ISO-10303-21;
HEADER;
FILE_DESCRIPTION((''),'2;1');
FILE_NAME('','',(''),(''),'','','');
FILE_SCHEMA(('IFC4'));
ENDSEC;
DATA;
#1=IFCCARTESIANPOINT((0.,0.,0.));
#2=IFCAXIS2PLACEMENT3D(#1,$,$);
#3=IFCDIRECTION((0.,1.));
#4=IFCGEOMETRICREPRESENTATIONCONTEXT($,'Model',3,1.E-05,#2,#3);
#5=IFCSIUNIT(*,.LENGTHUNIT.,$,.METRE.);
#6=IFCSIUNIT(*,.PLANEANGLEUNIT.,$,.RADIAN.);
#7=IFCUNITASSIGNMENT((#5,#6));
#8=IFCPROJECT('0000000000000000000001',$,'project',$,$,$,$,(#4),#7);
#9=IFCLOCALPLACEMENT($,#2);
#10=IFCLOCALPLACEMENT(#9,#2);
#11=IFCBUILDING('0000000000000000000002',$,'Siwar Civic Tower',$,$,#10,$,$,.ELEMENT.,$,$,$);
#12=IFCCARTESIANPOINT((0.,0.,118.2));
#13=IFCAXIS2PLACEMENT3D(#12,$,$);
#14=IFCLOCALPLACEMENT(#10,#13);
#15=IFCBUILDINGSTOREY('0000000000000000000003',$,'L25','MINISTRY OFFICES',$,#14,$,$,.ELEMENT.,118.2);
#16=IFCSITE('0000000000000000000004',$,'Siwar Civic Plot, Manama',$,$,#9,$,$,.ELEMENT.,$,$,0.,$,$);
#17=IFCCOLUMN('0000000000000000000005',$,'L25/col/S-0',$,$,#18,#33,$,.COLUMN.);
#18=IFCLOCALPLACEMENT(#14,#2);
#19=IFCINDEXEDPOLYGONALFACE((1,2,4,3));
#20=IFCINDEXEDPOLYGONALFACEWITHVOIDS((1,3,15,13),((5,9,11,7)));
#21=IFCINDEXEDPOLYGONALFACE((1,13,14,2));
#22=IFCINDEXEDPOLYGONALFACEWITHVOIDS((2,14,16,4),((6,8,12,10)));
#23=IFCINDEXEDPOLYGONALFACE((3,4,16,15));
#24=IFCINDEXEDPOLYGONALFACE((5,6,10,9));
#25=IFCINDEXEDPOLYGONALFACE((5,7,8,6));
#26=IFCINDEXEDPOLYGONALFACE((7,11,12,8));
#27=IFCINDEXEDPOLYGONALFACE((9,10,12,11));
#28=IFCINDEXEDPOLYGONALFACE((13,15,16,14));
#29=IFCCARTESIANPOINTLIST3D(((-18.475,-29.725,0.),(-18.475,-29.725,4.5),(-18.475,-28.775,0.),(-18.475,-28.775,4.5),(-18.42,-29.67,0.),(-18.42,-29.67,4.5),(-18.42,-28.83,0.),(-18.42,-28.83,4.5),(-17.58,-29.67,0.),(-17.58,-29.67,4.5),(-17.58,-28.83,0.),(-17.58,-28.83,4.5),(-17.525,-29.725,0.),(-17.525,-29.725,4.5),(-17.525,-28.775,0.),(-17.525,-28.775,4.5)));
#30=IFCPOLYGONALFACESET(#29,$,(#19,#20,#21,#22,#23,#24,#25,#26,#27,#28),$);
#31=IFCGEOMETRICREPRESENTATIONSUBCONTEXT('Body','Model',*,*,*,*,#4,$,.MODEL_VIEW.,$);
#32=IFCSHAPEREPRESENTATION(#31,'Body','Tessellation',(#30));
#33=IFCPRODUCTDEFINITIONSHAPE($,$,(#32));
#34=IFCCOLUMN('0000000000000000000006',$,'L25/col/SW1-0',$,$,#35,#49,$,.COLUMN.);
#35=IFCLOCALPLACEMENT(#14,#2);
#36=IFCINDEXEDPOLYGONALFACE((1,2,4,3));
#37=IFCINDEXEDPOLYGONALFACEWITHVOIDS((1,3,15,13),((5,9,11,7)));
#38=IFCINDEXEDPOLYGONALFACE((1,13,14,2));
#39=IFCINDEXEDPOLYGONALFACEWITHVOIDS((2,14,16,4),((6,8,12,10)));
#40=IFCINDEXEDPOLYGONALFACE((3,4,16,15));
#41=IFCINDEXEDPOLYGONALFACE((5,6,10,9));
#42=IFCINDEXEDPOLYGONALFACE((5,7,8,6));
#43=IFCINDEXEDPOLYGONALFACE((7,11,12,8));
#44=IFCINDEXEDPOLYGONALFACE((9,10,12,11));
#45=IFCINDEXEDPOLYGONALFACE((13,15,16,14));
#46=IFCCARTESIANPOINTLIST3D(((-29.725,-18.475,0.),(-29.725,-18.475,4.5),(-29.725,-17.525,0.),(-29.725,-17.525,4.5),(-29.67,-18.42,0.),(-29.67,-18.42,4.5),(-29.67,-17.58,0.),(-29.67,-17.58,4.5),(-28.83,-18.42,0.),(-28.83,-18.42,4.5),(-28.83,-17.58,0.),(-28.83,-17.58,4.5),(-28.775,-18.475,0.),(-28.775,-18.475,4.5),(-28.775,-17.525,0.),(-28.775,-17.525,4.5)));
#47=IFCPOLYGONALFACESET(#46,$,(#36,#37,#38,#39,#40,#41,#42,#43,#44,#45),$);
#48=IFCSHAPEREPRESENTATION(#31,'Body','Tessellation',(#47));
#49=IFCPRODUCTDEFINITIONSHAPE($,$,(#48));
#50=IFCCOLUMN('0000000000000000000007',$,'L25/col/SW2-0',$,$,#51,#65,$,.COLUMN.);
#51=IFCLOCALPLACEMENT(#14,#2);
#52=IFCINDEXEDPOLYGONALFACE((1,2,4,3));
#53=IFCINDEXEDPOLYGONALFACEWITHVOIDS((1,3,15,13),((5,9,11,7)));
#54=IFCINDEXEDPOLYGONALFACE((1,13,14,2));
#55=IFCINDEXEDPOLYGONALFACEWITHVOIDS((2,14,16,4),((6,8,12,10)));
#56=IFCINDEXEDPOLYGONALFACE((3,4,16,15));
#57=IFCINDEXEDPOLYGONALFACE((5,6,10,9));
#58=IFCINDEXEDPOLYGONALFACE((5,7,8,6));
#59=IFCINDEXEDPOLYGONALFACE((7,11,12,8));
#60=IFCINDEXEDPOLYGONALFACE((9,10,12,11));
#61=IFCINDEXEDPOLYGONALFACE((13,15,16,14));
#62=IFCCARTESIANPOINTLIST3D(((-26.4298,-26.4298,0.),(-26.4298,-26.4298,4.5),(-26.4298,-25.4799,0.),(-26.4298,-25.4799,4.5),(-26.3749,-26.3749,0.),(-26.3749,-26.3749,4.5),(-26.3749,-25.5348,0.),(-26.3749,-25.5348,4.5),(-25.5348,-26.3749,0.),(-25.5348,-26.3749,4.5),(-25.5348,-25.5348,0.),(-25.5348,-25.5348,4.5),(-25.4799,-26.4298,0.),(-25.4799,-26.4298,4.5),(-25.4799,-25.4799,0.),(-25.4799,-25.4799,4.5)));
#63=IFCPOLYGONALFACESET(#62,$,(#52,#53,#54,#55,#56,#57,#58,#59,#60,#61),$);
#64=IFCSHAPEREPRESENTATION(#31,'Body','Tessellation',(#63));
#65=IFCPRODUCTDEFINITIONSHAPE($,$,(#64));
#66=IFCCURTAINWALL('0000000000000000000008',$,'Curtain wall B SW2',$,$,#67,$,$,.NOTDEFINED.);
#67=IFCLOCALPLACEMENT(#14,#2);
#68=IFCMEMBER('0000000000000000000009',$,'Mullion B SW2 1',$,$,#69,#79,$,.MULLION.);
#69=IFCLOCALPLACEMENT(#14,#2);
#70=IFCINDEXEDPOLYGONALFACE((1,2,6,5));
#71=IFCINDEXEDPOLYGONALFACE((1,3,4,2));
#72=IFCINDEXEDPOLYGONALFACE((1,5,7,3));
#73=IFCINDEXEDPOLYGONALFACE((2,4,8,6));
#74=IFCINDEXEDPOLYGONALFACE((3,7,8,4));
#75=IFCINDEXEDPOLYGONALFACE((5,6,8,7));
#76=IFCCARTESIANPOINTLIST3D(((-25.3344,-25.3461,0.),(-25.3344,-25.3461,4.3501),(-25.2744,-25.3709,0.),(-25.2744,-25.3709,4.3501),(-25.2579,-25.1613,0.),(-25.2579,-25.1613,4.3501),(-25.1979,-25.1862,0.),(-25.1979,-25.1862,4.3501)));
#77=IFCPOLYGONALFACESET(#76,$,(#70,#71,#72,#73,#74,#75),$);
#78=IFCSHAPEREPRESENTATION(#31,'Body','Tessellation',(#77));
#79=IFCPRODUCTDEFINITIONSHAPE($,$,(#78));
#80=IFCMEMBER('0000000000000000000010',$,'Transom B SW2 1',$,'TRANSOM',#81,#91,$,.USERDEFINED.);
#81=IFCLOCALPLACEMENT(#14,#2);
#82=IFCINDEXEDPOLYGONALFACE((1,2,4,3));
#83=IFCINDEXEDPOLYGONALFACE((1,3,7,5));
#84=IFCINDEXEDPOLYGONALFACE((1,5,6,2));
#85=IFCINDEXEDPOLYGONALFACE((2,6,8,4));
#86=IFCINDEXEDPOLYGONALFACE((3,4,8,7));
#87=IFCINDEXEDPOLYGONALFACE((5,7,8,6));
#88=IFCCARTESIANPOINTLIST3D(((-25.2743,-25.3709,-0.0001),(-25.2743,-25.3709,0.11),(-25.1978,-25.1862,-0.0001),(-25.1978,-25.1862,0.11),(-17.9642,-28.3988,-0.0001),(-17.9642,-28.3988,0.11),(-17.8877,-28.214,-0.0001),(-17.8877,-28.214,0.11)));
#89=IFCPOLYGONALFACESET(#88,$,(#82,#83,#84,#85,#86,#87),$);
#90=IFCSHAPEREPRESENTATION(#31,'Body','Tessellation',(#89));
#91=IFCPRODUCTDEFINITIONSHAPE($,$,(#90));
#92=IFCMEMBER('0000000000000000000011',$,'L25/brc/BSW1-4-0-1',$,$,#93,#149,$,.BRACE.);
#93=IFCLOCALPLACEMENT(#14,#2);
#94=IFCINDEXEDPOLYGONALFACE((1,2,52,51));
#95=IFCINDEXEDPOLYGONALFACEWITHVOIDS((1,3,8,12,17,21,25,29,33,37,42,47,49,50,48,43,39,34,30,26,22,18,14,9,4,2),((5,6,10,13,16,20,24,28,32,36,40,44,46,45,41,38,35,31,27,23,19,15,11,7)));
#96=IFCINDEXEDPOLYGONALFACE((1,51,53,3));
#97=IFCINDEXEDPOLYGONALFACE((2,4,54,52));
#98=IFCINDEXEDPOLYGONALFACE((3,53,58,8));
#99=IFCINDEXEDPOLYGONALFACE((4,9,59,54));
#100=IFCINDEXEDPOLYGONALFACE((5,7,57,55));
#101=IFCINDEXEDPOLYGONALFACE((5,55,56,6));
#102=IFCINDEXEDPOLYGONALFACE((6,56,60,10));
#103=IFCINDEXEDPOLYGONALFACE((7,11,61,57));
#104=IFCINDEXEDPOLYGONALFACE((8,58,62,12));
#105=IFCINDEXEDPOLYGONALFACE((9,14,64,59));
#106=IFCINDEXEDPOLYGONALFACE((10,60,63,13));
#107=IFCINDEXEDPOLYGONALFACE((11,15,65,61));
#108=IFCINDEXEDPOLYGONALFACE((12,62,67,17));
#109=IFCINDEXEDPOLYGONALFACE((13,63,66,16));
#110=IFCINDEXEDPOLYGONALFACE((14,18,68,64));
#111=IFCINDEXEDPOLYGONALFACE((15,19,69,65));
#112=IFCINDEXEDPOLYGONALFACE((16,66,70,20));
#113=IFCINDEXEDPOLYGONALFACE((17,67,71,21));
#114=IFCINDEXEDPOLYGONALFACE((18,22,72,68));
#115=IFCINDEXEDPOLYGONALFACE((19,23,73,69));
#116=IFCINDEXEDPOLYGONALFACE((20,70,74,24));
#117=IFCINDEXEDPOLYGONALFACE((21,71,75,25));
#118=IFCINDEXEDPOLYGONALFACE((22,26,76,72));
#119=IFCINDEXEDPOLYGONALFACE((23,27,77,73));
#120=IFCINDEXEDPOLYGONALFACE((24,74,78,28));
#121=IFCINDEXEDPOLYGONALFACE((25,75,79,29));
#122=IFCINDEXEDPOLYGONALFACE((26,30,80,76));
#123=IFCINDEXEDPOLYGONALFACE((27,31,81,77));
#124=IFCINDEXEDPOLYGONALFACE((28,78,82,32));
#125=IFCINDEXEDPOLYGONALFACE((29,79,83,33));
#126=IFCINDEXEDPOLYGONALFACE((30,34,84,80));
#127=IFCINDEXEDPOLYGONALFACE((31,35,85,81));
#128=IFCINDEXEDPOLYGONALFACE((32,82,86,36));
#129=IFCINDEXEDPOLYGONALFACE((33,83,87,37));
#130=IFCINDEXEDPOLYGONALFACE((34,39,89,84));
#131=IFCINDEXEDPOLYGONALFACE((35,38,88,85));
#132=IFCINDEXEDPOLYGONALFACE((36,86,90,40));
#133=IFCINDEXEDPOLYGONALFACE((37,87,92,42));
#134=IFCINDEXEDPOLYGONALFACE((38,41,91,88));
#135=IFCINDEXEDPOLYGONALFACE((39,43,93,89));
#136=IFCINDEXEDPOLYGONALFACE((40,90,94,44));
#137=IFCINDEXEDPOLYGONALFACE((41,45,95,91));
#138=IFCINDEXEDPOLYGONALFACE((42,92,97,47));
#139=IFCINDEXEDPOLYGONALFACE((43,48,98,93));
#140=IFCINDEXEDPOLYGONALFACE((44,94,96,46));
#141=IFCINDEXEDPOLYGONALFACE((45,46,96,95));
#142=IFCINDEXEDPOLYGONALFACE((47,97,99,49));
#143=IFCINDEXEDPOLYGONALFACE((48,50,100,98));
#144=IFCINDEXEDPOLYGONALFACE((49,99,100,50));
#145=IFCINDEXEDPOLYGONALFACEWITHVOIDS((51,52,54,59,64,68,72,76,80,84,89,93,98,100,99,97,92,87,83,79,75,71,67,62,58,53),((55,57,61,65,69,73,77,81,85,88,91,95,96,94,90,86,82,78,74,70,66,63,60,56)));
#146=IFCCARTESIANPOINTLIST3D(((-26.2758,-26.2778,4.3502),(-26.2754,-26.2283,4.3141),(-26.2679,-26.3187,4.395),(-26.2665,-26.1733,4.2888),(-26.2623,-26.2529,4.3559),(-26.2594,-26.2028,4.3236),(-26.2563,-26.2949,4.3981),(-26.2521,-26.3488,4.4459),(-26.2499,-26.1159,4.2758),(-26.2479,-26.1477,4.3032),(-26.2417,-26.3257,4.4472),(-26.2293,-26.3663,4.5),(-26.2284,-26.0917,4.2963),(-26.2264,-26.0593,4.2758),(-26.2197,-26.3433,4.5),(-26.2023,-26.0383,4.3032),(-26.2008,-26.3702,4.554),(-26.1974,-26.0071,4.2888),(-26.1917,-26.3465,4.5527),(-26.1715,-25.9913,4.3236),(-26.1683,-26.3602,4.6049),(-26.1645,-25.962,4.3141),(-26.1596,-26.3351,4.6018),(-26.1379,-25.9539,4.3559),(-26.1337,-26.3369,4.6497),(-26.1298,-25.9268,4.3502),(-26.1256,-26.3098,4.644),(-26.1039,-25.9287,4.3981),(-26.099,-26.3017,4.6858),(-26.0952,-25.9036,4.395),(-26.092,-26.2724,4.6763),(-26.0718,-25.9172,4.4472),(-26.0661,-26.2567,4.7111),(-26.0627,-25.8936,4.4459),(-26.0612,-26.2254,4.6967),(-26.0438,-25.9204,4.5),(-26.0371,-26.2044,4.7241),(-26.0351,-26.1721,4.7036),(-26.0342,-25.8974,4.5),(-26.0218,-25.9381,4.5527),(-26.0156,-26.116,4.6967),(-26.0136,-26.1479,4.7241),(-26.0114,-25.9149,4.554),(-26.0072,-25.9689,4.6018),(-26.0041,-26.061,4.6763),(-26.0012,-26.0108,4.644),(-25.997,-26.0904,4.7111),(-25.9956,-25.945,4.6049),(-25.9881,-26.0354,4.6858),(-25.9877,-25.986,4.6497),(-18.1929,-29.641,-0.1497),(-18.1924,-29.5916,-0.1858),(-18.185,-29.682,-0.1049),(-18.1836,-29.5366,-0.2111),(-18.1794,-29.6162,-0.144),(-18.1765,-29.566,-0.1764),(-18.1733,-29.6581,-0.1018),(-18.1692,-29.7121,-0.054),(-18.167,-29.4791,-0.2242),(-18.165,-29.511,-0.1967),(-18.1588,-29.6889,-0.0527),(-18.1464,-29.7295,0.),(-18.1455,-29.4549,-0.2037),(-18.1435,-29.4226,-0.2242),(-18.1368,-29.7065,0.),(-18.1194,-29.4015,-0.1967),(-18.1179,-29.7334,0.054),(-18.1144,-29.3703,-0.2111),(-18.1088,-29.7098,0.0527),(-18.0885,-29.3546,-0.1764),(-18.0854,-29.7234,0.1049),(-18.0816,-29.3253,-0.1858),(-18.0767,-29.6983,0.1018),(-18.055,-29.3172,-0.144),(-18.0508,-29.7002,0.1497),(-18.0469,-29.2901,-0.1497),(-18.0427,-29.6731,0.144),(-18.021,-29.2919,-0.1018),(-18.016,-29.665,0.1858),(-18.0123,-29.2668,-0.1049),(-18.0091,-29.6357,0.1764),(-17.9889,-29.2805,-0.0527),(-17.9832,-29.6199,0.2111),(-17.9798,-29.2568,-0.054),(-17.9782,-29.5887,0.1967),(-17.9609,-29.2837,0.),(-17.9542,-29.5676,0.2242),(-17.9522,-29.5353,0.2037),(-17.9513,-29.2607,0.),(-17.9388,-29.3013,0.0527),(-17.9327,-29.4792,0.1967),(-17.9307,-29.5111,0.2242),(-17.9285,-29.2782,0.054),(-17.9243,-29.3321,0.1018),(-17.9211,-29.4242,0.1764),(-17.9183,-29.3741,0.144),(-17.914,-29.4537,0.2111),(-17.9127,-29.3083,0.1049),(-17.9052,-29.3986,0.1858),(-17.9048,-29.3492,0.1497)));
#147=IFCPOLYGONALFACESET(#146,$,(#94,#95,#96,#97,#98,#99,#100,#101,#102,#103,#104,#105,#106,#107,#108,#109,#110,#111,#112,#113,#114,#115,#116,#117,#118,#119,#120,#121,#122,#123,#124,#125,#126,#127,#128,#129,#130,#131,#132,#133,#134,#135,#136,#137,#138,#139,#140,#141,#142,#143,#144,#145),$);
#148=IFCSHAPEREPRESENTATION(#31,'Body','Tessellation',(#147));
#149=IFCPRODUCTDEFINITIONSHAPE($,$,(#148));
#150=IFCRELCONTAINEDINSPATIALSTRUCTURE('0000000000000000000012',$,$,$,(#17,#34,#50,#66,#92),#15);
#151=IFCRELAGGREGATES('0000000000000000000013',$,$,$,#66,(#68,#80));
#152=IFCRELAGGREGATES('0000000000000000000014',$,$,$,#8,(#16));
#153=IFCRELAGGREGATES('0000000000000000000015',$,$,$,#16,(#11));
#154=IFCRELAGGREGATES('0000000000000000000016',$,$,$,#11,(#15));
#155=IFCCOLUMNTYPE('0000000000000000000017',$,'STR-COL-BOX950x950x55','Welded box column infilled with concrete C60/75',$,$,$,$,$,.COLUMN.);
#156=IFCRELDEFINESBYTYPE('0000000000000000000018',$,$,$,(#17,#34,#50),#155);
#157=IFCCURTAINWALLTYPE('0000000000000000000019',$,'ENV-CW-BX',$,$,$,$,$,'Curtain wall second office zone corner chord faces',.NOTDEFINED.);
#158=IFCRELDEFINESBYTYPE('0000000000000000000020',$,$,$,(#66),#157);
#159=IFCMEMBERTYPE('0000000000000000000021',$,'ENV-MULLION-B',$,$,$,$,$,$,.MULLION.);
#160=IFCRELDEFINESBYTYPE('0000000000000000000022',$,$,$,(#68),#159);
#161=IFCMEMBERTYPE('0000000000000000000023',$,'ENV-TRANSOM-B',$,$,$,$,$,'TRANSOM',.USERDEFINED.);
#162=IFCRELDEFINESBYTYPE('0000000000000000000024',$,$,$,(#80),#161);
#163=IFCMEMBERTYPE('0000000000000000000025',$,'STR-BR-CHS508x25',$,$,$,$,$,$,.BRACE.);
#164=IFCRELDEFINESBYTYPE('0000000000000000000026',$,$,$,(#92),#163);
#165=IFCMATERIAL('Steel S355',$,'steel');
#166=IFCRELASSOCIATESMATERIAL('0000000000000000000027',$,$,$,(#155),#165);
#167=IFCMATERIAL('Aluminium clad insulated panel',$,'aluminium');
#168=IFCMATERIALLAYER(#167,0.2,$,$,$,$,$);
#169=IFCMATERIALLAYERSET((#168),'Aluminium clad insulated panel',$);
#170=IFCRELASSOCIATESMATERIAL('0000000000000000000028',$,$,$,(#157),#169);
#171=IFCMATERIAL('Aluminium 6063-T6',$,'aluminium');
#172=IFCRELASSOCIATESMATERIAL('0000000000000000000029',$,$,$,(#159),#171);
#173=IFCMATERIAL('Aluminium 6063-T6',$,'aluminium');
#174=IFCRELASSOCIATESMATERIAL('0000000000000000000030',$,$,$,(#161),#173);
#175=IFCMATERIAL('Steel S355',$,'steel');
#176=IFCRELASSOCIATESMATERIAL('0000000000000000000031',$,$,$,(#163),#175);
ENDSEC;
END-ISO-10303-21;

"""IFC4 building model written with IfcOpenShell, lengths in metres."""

from ifc_helpers import new_model, si_unit, direction, frame, origin, origin_2d, place, context, subcontext, project, spatial, rectangle, hollow_rectangle, hollow_circle, extrude, material, layer, layer_set, material_profile, profile_set, type_object, element, aggregate, save


model = new_model("IFC4")

# Units and contexts
model_context = context("Model", 3, precision=1e-05, world=origin(), true_north=direction((0.0, 1.0)))
body_context = subcontext(model_context, "Body", "Model", "MODEL_VIEW")
ifc_project = project(units=[si_unit("LENGTHUNIT", "METRE"), si_unit("PLANEANGLEUNIT", "RADIAN")], contexts=[model_context])

# Site, building, storey
site_placement = place(None, origin())
site = spatial("IfcSite", under=ifc_project, at=site_placement, Name="Siwar Civic Plot, Manama", CompositionType="ELEMENT", RefElevation=0.0)
building_placement = place(site_placement, origin())
building = spatial("IfcBuilding", under=site, at=building_placement, Name="Siwar Civic Tower", CompositionType="ELEMENT")
storey_placement = place(building_placement, frame((0.0, 0.0, 118.2)))
storey = spatial("IfcBuildingStorey", under=building, at=storey_placement, Name="L25", Description="MINISTRY OFFICES", CompositionType="ELEMENT", Elevation=118.2)

# Columns
ifc_material_1 = material(Name="Steel S355", Category="steel")
ifc_material_profile_1 = material_profile(ifc_material_1, hollow_rectangle(XDim=0.95, YDim=0.95, WallThickness=0.0549, at=origin_2d()), Name="BOX950x950x55")
ifc_profile_set_1 = profile_set([ifc_material_profile_1], Name="Steel S355")
column_type = type_object("IfcColumnType", Name="STR-COL-BOX950x950x55", Description="Welded box column infilled with concrete C60/75", PredefinedType="COLUMN", material=ifc_profile_set_1)
for number, where, z_axis, x_axis, name in (
    (1, (-18.0, -29.25, 0.0), (0.0, 0.0, 1.0), (1.0, 0.0, 0.0), "L25/col/S-0"),
    (2, (-29.25, -18.0, 0.0), (0.0, 0.0, 1.0), (1.0, 0.0, 0.0), "L25/col/SW1-0"),
    (3, (-25.9548, -25.9548, 0.0), (0.0, 0.0, 1.0), (1.0, 0.0, 0.0), "L25/col/SW2-0"),
):
    element("IfcColumn", number, at=place(storey_placement, frame(where, z_axis=z_axis, x_axis=x_axis)), inside=storey, type_object=column_type, Name=name, PredefinedType="COLUMN", context=body_context, shape_type="SweptSolid", body=[
        extrude(hollow_rectangle(XDim=0.95, YDim=0.95, WallThickness=0.0549, at=origin_2d()), origin(), (0.0, 0.0, 1.0), 4.5),
    ])

# Curtain wall, members
ifc_material_2 = material(Name="Aluminium clad insulated panel", Category="aluminium")
ifc_layer_1 = layer(ifc_material_2, 0.2)
ifc_layer_set_1 = layer_set([ifc_layer_1], Name="Aluminium clad insulated panel")
curtain_wall_type = type_object("IfcCurtainWallType", Name="ENV-CW-BX", ElementType="Curtain wall second office zone corner chord faces", PredefinedType="NOTDEFINED", material=ifc_layer_set_1)
curtain_wall_1_placement = place(storey_placement, origin())
curtain_wall_1 = element("IfcCurtainWall", 4, at=curtain_wall_1_placement, inside=storey, type_object=curtain_wall_type, Name="Curtain wall B SW2", PredefinedType="NOTDEFINED")
ifc_material_3 = material(Name="Aluminium 6063-T6", Category="aluminium")
ifc_material_profile_2 = material_profile(ifc_material_3, rectangle(XDim=0.2, YDim=0.0649, at=origin_2d()), Name="AL 200x65")
ifc_profile_set_2 = profile_set([ifc_material_profile_2], Name="Aluminium 6063-T6")
member_type_1 = type_object("IfcMemberType", Name="ENV-MULLION-B", PredefinedType="MULLION", material=ifc_profile_set_2)
member_1_placement = place(storey_placement, frame((-25.2661, -25.2661, 0.0), z_axis=(0.0, 0.0, 1.0), x_axis=(0.382683, 0.92388, 0.0)))
member_1 = element("IfcMember", 5, at=member_1_placement, type_object=member_type_1, Name="Mullion B SW2 1", PredefinedType="MULLION", context=body_context, shape_type="SweptSolid", body=[
    extrude(rectangle(XDim=0.2, YDim=0.0649, at=origin_2d()), origin(), (0.0, 0.0, 1.0), 4.3501),
])
ifc_material_4 = material(Name="Aluminium 6063-T6", Category="aluminium")
ifc_material_profile_3 = material_profile(ifc_material_4, rectangle(XDim=0.2, YDim=0.1101, at=origin_2d()), Name="AL 200x110")
ifc_profile_set_3 = profile_set([ifc_material_profile_3], Name="Aluminium 6063-T6")
member_type_2 = type_object("IfcMemberType", Name="ENV-TRANSOM-B", ElementType="TRANSOM", PredefinedType="USERDEFINED", material=ifc_profile_set_3)
member_2_placement = place(storey_placement, frame((-25.2361, -25.2786, 0.0549), z_axis=(0.923884, -0.382673, 0.0), x_axis=(0.382673, 0.923884, 0.0)))
member_2 = element("IfcMember", 6, at=member_2_placement, type_object=member_type_2, Name="Transom B SW2 1", ObjectType="TRANSOM", PredefinedType="USERDEFINED", context=body_context, shape_type="SweptSolid", body=[
    extrude(rectangle(XDim=0.2, YDim=0.1101, at=origin_2d()), origin(), (0.0, 0.0, 1.0), 7.9124),
])

# Member
ifc_material_5 = material(Name="Steel S355", Category="steel")
ifc_material_profile_4 = material_profile(ifc_material_5, hollow_circle(Radius=0.2539, WallThickness=0.0249, at=origin_2d()), Name="CHS508x25")
ifc_profile_set_4 = profile_set([ifc_material_profile_4], Name="Steel S355")
member_type_3 = type_object("IfcMemberType", Name="STR-BR-CHS508x25", PredefinedType="BRACE", material=ifc_profile_set_4)
member_3_placement = place(storey_placement, frame((-18.0488, -29.4951, 0.0), z_axis=(-0.821143, 0.341671, 0.457149), x_axis=(-0.384164, -0.923265, 0.0)))
element("IfcMember", 7, at=member_3_placement, inside=storey, type_object=member_type_3, Name="L25/brc/BSW1-4-0-1", PredefinedType="BRACE", context=body_context, shape_type="SweptSolid", body=[
    extrude(hollow_circle(Radius=0.2539, WallThickness=0.0249, at=origin_2d()), origin(), (0.0, 0.0, 1.0), 9.8435),
])

aggregate(curtain_wall_1, [member_1, member_2])

save(model, "model.ifc")
